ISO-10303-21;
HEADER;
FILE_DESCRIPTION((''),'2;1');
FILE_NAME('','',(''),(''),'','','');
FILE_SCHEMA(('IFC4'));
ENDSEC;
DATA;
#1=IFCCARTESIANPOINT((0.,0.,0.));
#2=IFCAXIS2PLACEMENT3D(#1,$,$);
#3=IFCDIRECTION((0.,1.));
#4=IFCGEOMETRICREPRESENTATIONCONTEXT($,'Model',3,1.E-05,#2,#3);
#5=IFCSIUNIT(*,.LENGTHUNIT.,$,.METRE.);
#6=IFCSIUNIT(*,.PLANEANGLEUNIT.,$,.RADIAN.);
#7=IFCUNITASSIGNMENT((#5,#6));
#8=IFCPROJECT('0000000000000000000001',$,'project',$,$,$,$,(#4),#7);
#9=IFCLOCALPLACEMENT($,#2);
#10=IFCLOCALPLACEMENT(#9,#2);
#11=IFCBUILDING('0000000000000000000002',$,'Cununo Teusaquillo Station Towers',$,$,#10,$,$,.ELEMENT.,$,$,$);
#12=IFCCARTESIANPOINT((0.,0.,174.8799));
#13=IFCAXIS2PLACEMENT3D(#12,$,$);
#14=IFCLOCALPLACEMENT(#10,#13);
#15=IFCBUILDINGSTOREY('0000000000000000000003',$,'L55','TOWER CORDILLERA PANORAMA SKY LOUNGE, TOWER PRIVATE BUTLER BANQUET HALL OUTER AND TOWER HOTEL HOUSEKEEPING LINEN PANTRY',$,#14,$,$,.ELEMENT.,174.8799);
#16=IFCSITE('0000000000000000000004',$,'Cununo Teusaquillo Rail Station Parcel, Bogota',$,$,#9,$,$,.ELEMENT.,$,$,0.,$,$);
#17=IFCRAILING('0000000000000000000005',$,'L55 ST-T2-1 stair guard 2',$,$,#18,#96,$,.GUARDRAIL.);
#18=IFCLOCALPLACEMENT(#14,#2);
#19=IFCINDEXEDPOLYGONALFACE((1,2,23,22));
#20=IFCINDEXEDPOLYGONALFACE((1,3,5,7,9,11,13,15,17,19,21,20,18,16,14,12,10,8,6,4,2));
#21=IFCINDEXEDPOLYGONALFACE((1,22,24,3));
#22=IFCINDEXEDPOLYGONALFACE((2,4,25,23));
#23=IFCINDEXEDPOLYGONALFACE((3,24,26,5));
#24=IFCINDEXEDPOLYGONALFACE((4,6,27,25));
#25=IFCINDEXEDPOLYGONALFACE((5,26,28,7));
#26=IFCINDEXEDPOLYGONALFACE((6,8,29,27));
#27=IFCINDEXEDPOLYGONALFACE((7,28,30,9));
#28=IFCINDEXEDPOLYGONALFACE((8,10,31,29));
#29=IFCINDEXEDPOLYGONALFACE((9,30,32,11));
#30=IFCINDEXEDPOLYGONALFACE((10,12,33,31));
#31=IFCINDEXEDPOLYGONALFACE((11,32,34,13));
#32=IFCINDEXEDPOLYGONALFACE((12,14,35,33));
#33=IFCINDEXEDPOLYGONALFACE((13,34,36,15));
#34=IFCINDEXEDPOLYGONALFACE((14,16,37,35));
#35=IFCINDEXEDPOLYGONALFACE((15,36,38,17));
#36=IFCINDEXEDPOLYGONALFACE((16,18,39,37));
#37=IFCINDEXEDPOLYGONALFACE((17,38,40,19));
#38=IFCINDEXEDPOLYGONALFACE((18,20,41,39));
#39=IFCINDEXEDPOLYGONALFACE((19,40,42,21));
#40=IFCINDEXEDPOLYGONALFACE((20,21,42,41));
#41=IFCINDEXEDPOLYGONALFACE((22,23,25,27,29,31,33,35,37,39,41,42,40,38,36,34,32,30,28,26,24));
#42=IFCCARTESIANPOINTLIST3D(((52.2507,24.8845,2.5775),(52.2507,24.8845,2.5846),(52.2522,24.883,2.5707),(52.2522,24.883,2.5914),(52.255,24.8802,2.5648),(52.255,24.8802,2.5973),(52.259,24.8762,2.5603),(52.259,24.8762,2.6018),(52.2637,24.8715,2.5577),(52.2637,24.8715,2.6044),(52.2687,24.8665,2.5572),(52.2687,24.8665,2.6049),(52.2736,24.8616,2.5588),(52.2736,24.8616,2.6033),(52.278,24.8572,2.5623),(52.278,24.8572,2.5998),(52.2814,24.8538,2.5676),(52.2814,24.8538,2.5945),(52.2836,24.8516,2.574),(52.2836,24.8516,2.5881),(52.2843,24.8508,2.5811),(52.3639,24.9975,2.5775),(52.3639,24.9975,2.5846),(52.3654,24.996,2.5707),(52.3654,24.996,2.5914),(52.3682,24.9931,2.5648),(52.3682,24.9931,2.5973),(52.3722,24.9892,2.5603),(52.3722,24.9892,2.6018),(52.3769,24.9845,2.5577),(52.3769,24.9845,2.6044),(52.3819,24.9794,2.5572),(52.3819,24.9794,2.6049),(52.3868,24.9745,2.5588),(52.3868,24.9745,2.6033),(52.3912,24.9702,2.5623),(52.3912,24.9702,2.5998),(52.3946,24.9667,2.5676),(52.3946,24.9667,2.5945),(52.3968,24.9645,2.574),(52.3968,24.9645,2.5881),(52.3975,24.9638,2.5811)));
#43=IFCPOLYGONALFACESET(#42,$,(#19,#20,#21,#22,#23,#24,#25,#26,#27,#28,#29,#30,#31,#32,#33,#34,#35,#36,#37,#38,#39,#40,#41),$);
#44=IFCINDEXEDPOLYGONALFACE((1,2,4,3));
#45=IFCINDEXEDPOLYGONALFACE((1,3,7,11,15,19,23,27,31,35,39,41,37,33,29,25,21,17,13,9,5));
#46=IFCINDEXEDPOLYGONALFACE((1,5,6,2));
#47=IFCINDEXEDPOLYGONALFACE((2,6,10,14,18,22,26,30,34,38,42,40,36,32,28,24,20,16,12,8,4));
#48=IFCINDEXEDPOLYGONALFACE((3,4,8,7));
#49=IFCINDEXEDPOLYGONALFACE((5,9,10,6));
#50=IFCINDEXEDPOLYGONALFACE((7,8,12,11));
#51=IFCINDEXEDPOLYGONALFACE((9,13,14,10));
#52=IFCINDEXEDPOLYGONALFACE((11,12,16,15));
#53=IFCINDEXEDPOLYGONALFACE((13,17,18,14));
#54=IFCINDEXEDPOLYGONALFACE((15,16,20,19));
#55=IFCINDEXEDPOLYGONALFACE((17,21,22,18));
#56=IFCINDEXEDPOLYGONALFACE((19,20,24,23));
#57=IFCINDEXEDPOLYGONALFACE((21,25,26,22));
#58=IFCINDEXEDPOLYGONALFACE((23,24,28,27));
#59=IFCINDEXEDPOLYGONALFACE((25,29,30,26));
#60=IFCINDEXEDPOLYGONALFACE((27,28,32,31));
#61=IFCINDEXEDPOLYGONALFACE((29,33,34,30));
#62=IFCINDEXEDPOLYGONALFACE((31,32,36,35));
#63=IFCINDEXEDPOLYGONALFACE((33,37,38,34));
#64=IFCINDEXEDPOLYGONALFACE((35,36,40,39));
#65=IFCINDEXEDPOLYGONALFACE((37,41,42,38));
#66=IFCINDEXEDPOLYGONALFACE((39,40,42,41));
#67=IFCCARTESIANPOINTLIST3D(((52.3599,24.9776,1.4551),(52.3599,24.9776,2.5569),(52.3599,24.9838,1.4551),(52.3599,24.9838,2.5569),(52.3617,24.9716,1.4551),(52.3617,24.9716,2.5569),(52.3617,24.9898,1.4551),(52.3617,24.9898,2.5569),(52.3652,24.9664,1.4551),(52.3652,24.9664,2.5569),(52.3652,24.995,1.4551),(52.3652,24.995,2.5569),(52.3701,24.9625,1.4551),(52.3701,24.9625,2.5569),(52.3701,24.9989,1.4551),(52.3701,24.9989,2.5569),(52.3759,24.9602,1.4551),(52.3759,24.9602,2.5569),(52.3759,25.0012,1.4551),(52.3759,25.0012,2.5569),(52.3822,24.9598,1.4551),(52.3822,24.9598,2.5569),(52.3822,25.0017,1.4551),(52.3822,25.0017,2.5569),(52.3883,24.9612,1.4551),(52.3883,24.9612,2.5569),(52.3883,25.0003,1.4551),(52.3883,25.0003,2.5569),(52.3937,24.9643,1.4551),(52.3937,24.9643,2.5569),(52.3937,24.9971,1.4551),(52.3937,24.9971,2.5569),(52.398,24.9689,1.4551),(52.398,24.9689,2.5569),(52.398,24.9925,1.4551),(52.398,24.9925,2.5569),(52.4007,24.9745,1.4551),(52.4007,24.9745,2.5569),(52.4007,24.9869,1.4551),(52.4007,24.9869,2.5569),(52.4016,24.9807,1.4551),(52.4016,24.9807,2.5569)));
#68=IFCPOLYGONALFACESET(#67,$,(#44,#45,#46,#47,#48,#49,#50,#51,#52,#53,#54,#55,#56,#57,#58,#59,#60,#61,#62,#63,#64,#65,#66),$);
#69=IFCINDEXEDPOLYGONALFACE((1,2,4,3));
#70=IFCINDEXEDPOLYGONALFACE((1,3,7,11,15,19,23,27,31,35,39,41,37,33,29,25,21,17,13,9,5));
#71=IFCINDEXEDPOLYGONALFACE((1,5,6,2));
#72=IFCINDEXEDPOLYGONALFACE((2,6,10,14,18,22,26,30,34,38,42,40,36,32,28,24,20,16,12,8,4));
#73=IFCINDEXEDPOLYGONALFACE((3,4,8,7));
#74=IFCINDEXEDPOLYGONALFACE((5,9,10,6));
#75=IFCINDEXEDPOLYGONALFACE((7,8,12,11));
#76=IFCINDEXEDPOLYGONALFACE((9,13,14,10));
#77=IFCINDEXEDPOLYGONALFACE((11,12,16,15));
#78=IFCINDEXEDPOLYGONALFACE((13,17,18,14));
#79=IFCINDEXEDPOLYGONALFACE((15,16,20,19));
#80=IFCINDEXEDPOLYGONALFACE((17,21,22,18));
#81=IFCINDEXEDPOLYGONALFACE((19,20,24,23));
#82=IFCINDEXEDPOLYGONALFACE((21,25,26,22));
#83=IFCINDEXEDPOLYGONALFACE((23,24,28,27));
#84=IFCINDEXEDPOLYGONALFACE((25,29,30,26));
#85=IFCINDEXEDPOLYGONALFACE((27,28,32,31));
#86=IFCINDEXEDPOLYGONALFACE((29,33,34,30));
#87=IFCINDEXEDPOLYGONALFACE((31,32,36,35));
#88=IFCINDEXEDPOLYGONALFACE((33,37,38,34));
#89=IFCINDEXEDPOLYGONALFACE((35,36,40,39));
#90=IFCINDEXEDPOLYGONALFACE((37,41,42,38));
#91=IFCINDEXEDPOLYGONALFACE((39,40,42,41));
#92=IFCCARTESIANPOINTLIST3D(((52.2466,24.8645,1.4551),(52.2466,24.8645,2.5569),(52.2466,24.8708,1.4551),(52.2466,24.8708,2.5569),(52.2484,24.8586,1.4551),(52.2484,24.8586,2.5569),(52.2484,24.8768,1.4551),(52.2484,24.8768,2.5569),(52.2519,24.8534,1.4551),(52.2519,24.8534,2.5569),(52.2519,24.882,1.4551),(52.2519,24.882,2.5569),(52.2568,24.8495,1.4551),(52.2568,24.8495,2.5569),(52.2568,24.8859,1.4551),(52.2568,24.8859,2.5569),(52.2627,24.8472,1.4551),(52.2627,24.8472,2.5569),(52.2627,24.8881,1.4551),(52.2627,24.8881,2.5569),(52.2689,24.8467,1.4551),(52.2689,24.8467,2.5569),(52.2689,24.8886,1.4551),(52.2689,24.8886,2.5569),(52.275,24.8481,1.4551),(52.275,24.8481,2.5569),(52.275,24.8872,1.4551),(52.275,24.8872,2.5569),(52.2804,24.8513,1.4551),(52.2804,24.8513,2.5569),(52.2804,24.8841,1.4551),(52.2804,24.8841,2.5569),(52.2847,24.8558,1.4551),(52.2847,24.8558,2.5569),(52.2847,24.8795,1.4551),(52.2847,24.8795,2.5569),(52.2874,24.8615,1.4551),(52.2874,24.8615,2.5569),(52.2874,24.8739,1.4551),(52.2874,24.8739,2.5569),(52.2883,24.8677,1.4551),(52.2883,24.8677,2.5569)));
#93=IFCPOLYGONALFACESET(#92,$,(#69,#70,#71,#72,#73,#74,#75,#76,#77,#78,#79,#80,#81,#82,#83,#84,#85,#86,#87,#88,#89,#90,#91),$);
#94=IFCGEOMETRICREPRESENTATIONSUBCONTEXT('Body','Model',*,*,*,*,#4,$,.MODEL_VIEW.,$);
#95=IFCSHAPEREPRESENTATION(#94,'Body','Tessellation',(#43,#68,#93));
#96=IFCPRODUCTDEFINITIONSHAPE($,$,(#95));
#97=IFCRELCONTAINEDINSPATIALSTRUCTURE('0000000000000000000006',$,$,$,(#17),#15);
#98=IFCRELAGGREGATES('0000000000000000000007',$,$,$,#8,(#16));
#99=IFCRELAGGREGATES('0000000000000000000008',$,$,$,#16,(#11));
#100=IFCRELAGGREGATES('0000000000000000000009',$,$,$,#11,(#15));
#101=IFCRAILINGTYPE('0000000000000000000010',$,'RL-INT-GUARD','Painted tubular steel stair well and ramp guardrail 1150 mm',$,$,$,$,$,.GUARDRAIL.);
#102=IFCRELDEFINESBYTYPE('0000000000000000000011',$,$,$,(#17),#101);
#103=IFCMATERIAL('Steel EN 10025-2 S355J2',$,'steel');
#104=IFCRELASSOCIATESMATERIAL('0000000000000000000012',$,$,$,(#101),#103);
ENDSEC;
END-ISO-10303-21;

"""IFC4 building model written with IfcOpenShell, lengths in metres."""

from ifc_helpers import new_model, si_unit, direction, frame, origin, origin_2d, place, context, subcontext, project, spatial, circle, extrude, material, type_object, element, save


model = new_model("IFC4")

# Units and contexts
model_context = context("Model", 3, precision=1e-05, world=origin(), true_north=direction((0.0, 1.0)))
body_context = subcontext(model_context, "Body", "Model", "MODEL_VIEW")
ifc_project = project(units=[si_unit("LENGTHUNIT", "METRE"), si_unit("PLANEANGLEUNIT", "RADIAN")], contexts=[model_context])

# Site, building, storey
site_placement = place(None, origin())
site = spatial("IfcSite", under=ifc_project, at=site_placement, Name="Cununo Teusaquillo Rail Station Parcel, Bogota", CompositionType="ELEMENT", RefElevation=0.0)
building_placement = place(site_placement, origin())
building = spatial("IfcBuilding", under=site, at=building_placement, Name="Cununo Teusaquillo Station Towers", CompositionType="ELEMENT")
storey_placement = place(building_placement, frame((0.0, 0.0, 174.8799)))
storey = spatial("IfcBuildingStorey", under=building, at=storey_placement, Name="L55", Description="TOWER CORDILLERA PANORAMA SKY LOUNGE, TOWER PRIVATE BUTLER BANQUET HALL OUTER AND TOWER HOTEL HOUSEKEEPING LINEN PANTRY", CompositionType="ELEMENT", Elevation=174.8799)

# Railing
ifc_material_1 = material(Name="Steel EN 10025-2 S355J2", Category="steel")
railing_type_1 = type_object("IfcRailingType", Name="RL-INT-GUARD", Description="Painted tubular steel stair well and ramp guardrail 1150 mm", PredefinedType="GUARDRAIL", material=ifc_material_1)
railing_1_placement = place(storey_placement, frame((52.3806, 24.9807, 1.4551)))
element("IfcRailing", 1, at=railing_1_placement, inside=storey, type_object=railing_type_1, Name="L55 ST-T2-1 stair guard 2", PredefinedType="GUARDRAIL", context=body_context, shape_type="SweptSolid", body=[
    extrude(circle(Radius=0.0239, at=origin_2d()), frame((0.0, 0.0, 1.126), z_axis=(-0.707869, -0.706344, 0.0), x_axis=(0.706344, -0.707869, 0.0)), (0.0, 0.0, 1.0), 0.1599),
    extrude(circle(Radius=0.021, at=origin_2d()), origin(), (0.0, 0.0, 1.0), 1.1018),
    extrude(circle(Radius=0.021, at=origin_2d()), frame((-0.1133, -0.113, 0.0)), (0.0, 0.0, 1.0), 1.1018),
])

save(model, "model.ifc")
